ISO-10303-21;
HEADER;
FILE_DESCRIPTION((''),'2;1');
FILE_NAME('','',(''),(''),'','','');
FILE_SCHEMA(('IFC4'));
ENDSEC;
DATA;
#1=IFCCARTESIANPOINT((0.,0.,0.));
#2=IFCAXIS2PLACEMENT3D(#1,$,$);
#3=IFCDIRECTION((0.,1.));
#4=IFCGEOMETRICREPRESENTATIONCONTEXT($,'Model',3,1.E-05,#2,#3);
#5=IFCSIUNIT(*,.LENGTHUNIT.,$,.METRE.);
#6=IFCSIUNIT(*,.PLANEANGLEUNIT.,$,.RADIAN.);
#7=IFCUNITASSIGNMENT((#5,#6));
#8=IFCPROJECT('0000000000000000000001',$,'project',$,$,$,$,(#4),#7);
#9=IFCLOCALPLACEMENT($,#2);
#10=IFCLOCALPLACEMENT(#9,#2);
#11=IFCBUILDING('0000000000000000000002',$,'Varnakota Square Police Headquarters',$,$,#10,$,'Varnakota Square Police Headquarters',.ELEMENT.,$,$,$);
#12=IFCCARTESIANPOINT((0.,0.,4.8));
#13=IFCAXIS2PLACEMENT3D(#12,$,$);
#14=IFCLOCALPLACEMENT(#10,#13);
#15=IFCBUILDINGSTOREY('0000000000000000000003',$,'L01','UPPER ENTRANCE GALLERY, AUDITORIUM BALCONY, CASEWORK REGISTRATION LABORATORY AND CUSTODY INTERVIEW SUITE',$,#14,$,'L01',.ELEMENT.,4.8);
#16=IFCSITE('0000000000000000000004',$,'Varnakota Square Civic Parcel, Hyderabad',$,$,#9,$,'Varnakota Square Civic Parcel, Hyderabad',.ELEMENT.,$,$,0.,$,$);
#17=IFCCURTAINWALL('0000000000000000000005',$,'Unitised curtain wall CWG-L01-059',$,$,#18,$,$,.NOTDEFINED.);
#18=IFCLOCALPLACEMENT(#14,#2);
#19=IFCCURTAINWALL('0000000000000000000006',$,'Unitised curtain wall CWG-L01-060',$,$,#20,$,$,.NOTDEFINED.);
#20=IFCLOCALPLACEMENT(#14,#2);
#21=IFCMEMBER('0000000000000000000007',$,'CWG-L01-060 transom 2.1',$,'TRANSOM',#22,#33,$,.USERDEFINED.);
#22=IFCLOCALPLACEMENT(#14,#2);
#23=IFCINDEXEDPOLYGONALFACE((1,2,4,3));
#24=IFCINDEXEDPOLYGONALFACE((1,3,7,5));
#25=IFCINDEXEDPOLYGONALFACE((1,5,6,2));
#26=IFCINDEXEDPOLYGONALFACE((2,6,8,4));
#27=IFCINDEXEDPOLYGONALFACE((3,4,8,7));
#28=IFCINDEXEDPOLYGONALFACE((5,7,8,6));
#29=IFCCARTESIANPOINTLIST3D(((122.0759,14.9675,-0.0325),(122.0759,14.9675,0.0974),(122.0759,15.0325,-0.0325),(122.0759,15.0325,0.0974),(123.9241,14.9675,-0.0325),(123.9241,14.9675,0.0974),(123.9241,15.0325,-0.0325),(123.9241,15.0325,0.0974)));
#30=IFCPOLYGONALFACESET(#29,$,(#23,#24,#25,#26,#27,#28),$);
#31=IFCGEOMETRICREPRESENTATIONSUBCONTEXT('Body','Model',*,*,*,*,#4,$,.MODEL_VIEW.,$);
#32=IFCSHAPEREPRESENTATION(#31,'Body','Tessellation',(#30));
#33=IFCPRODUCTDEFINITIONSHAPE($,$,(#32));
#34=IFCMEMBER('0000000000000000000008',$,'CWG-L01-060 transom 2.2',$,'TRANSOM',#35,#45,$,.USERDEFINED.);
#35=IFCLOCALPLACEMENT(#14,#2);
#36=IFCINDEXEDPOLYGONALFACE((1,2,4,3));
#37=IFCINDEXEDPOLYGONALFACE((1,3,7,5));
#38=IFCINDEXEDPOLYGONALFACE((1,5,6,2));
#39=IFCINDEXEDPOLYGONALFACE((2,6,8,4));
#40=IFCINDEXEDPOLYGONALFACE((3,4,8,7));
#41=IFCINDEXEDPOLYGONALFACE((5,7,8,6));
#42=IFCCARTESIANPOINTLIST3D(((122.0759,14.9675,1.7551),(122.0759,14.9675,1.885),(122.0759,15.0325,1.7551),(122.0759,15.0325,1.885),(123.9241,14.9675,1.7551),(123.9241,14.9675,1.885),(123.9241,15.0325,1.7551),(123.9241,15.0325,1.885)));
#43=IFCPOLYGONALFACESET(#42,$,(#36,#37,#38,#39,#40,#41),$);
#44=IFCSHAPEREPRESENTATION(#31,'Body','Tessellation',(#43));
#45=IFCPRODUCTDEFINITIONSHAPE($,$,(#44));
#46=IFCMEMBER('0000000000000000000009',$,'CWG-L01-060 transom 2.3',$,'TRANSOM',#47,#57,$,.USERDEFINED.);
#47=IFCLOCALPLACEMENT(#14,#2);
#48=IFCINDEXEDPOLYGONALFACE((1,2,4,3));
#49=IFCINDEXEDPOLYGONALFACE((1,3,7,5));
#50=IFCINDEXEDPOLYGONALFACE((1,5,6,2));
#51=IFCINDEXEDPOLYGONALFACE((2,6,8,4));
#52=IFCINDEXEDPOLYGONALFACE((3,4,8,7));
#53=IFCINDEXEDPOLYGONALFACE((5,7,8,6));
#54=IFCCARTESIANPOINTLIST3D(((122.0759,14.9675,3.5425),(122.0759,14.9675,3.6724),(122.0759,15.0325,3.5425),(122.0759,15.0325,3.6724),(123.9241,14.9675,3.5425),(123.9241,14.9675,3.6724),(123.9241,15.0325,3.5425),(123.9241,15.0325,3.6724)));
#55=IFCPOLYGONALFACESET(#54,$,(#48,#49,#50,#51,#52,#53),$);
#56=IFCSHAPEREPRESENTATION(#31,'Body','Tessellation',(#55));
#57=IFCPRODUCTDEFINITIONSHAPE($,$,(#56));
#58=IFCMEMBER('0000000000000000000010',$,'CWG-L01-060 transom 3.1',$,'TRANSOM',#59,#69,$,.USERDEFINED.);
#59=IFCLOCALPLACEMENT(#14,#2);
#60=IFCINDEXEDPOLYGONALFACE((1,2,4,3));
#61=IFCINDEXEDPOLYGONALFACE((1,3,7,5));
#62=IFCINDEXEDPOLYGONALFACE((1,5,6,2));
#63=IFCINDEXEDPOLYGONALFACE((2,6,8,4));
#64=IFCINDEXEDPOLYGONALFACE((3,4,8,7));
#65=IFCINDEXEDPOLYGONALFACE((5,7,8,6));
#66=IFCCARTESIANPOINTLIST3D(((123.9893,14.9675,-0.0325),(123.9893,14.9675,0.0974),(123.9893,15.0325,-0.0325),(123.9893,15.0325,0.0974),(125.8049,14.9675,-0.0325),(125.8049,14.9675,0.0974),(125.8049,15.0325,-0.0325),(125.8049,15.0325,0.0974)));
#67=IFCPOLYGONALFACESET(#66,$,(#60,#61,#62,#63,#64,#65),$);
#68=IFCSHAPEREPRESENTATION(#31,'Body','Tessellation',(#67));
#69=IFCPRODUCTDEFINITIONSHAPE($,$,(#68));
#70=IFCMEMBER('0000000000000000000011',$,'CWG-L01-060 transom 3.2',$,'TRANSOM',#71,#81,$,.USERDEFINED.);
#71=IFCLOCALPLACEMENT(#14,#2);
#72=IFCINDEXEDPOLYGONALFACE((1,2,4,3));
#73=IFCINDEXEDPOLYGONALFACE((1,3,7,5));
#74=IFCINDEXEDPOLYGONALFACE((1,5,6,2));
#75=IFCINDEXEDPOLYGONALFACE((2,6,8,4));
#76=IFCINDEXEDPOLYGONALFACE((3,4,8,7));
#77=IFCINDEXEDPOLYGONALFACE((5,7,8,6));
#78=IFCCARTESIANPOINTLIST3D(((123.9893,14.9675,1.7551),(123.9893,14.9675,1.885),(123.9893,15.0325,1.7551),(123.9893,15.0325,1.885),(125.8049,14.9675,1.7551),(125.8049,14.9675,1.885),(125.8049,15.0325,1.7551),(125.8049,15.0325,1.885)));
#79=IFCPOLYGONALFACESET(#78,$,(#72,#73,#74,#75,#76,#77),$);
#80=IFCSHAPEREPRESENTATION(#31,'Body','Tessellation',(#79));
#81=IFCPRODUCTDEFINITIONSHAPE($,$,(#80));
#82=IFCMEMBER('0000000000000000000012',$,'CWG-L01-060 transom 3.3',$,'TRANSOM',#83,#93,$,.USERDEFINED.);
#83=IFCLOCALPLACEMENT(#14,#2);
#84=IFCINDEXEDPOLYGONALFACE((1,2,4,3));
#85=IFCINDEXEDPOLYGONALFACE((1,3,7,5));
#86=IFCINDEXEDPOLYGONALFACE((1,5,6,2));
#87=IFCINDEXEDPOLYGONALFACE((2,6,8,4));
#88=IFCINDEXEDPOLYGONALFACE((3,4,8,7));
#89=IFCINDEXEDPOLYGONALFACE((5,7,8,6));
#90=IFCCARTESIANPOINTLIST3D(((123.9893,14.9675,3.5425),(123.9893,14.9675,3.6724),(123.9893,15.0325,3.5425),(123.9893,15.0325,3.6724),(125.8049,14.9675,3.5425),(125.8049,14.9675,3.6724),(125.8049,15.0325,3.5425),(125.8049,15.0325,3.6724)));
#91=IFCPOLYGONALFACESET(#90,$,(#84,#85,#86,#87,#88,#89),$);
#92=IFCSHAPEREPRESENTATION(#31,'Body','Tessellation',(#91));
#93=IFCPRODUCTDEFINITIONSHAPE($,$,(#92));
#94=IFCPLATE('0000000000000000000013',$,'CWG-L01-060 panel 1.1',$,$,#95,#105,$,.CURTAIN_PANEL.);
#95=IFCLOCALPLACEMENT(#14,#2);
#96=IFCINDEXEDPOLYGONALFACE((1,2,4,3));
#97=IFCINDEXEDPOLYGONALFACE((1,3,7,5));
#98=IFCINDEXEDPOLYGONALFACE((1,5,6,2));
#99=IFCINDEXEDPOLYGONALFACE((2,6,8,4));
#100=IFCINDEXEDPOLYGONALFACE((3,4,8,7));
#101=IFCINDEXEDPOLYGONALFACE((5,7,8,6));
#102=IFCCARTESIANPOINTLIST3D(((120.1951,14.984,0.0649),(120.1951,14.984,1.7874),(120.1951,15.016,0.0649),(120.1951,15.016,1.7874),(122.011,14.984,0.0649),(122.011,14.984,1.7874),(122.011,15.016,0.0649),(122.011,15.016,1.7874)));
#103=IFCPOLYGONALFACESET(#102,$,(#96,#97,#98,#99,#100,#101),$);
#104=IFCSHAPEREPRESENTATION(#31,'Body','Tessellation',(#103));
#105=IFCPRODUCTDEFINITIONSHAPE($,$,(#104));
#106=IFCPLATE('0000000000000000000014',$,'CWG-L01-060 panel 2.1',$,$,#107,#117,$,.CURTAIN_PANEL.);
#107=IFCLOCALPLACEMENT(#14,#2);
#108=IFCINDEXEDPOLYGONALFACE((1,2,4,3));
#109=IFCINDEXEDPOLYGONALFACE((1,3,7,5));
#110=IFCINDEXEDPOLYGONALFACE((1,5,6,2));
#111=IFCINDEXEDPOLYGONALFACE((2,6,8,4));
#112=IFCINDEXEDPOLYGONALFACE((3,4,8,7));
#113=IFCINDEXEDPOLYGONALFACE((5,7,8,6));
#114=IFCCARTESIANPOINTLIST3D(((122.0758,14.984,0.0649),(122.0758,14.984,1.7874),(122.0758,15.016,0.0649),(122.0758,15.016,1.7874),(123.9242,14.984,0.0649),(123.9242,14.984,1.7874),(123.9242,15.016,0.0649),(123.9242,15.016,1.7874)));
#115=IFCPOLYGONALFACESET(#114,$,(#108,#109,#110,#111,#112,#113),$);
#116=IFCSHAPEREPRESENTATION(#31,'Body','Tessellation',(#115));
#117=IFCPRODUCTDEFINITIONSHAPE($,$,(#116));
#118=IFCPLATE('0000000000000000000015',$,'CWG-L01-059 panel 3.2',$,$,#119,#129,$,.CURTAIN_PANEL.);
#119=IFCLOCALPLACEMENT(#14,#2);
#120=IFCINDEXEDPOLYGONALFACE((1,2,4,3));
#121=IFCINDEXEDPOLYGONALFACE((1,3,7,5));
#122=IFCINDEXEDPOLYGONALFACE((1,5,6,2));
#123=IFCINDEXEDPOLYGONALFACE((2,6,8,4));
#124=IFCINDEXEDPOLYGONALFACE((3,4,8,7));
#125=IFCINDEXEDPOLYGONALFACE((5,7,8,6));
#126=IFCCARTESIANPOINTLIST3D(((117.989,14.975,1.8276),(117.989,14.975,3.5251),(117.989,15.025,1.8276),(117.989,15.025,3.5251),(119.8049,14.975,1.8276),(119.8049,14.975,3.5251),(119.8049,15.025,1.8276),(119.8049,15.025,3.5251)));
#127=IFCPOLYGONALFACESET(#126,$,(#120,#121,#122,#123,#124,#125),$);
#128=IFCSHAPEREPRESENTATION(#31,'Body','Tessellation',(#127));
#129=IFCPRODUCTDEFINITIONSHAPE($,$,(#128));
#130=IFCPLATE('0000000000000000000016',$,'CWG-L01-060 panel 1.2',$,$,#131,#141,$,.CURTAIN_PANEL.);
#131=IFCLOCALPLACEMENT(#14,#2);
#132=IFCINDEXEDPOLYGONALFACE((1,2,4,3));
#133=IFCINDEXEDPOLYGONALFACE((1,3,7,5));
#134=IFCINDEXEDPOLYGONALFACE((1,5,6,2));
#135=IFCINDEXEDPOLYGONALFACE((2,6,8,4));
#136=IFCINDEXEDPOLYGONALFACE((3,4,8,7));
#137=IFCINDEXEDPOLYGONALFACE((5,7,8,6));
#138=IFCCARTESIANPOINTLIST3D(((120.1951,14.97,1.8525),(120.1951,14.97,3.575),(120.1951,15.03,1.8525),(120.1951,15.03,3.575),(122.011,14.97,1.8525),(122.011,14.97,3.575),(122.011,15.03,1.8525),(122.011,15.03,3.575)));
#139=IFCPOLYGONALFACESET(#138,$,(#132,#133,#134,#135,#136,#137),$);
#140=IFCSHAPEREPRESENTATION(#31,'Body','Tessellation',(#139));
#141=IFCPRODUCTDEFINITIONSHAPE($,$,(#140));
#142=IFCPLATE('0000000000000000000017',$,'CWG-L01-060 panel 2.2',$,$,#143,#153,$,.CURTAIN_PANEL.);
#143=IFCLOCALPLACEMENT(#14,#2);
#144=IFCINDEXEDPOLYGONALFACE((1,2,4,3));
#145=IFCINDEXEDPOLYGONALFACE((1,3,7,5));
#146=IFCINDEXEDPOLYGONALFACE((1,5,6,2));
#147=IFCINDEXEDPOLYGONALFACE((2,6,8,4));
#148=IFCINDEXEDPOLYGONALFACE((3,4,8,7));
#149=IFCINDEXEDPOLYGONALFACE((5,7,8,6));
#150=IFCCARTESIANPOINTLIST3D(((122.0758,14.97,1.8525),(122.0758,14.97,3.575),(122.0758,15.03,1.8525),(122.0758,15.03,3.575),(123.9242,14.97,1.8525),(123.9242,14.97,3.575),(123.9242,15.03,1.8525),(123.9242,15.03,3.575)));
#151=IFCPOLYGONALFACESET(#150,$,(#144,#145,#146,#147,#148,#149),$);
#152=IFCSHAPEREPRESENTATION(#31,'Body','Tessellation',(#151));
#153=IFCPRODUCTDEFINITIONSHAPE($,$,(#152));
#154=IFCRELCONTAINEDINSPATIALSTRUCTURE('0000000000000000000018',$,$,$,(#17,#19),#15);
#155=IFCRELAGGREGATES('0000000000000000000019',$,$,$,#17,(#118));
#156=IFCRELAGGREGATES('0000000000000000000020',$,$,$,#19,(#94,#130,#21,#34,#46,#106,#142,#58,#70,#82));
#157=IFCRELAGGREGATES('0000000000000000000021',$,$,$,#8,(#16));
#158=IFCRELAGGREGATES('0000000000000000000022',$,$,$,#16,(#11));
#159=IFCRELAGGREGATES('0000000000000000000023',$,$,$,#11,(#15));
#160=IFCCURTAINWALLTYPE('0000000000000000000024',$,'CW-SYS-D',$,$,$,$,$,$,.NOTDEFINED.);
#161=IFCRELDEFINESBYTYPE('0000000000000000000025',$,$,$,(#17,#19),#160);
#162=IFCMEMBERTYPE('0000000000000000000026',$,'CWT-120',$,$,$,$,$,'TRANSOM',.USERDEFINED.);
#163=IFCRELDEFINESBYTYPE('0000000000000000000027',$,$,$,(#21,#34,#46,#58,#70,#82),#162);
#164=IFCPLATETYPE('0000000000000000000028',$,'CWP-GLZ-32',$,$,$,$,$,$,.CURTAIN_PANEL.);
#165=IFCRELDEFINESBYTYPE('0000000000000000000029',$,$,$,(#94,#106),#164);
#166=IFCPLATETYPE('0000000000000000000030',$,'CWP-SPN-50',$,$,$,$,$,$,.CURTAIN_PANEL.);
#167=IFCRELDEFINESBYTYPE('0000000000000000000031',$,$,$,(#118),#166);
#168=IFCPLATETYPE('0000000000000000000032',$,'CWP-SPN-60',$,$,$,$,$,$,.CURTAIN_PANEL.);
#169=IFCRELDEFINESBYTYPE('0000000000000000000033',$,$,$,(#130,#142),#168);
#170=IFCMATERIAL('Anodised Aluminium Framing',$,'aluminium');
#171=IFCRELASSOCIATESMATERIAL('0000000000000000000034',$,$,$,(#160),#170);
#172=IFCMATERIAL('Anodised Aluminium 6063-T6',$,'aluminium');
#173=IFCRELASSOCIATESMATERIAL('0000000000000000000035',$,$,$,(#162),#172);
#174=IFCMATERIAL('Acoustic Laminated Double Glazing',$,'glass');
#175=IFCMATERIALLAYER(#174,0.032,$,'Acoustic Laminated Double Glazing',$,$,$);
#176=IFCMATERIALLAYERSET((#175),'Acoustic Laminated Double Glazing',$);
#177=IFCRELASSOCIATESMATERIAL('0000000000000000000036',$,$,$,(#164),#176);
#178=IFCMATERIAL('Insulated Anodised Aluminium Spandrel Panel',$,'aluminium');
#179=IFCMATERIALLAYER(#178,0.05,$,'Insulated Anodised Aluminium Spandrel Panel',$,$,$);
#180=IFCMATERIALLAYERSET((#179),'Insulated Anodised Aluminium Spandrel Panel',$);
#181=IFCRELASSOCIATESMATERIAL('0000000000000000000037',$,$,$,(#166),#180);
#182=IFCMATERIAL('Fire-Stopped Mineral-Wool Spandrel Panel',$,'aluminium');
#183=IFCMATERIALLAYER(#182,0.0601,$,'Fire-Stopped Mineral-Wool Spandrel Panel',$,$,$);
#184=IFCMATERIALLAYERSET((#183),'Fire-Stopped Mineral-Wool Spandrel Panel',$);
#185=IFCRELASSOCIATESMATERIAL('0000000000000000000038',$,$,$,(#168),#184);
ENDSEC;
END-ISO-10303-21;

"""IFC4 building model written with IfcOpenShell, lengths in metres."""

from ifc_helpers import new_model, si_unit, direction, frame, origin, origin_2d, place, context, subcontext, project, spatial, rectangle, extrude, material, layer, layer_set, material_profile, profile_set, type_object, element, aggregate, save


model = new_model("IFC4")

# Units and contexts
model_context = context("Model", 3, precision=1e-05, world=origin(), true_north=direction((0.0, 1.0)))
body_context = subcontext(model_context, "Body", "Model", "MODEL_VIEW")
ifc_project = project(units=[si_unit("LENGTHUNIT", "METRE"), si_unit("PLANEANGLEUNIT", "RADIAN")], contexts=[model_context])

# Site, building, storey
site_placement = place(None, origin())
site = spatial("IfcSite", under=ifc_project, at=site_placement, Name="Varnakota Square Civic Parcel, Hyderabad", LongName="Varnakota Square Civic Parcel, Hyderabad", CompositionType="ELEMENT", RefElevation=0.0)
building_placement = place(site_placement, origin())
building = spatial("IfcBuilding", under=site, at=building_placement, Name="Varnakota Square Police Headquarters", LongName="Varnakota Square Police Headquarters", CompositionType="ELEMENT")
storey_placement = place(building_placement, frame((0.0, 0.0, 4.8)))
storey = spatial("IfcBuildingStorey", under=building, at=storey_placement, Name="L01", Description="UPPER ENTRANCE GALLERY, AUDITORIUM BALCONY, CASEWORK REGISTRATION LABORATORY AND CUSTODY INTERVIEW SUITE", LongName="L01", CompositionType="ELEMENT", Elevation=4.8)

# Curtain wall
ifc_material_1 = material(Name="Anodised Aluminium Framing", Category="aluminium")
curtain_wall_type = type_object("IfcCurtainWallType", Name="CW-SYS-D", PredefinedType="NOTDEFINED", material=ifc_material_1)
curtain_wall_1_placement = place(storey_placement, origin())
curtain_wall_1 = element("IfcCurtainWall", 1, at=curtain_wall_1_placement, inside=storey, type_object=curtain_wall_type, Name="Unitised curtain wall CWG-L01-059", PredefinedType="NOTDEFINED")
ifc_material_2 = material(Name="Anodised Aluminium 6063-T6", Category="aluminium")

# Curtain wall, members, plates
curtain_wall_2_placement = place(storey_placement, origin())
curtain_wall_2 = element("IfcCurtainWall", 2, at=curtain_wall_2_placement, inside=storey, type_object=curtain_wall_type, Name="Unitised curtain wall CWG-L01-060", PredefinedType="NOTDEFINED")
ifc_material_profile_1 = material_profile(ifc_material_2, rectangle(XDim=0.0649, YDim=0.1299, at=origin_2d()), Name="ALU TRANSOM 65x130")
ifc_profile_set_1 = profile_set([ifc_material_profile_1], Name="Anodised Aluminium 6063-T6")
member_type_1 = type_object("IfcMemberType", Name="CWT-120", ElementType="TRANSOM", PredefinedType="USERDEFINED", material=ifc_profile_set_1)
member_1_placement = place(storey_placement, frame((122.0759, 15.0, 0.0325), z_axis=(1.0, 0.0, 0.0), x_axis=(0.0, 1.0, 0.0)))
member_1 = element("IfcMember", 3, at=member_1_placement, type_object=member_type_1, Name="CWG-L01-060 transom 2.1", ObjectType="TRANSOM", PredefinedType="USERDEFINED", context=body_context, shape_type="SweptSolid", body=[
    extrude(rectangle(XDim=0.0649, YDim=0.1299, at=origin_2d()), origin(), (0.0, 0.0, 1.0), 1.8481),
])
member_2_placement = place(storey_placement, frame((122.0759, 15.0, 1.8201), z_axis=(1.0, 0.0, 0.0), x_axis=(0.0, 1.0, 0.0)))
member_2 = element("IfcMember", 4, at=member_2_placement, type_object=member_type_1, Name="CWG-L01-060 transom 2.2", ObjectType="TRANSOM", PredefinedType="USERDEFINED", context=body_context, shape_type="SweptSolid", body=[
    extrude(rectangle(XDim=0.0649, YDim=0.1299, at=origin_2d()), origin(), (0.0, 0.0, 1.0), 1.8481),
])
member_3_placement = place(storey_placement, frame((122.0759, 15.0, 3.6074), z_axis=(1.0, 0.0, 0.0), x_axis=(0.0, 1.0, 0.0)))
member_3 = element("IfcMember", 5, at=member_3_placement, type_object=member_type_1, Name="CWG-L01-060 transom 2.3", ObjectType="TRANSOM", PredefinedType="USERDEFINED", context=body_context, shape_type="SweptSolid", body=[
    extrude(rectangle(XDim=0.0649, YDim=0.1299, at=origin_2d()), origin(), (0.0, 0.0, 1.0), 1.8481),
])
member_4_placement = place(storey_placement, frame((123.9893, 15.0, 0.0325), z_axis=(1.0, 0.0, 0.0), x_axis=(0.0, 1.0, 0.0)))
member_4 = element("IfcMember", 6, at=member_4_placement, type_object=member_type_1, Name="CWG-L01-060 transom 3.1", ObjectType="TRANSOM", PredefinedType="USERDEFINED", context=body_context, shape_type="SweptSolid", body=[
    extrude(rectangle(XDim=0.0649, YDim=0.1299, at=origin_2d()), origin(), (0.0, 0.0, 1.0), 1.8157),
])
member_5_placement = place(storey_placement, frame((123.9893, 15.0, 1.8201), z_axis=(1.0, 0.0, 0.0), x_axis=(0.0, 1.0, 0.0)))
member_5 = element("IfcMember", 7, at=member_5_placement, type_object=member_type_1, Name="CWG-L01-060 transom 3.2", ObjectType="TRANSOM", PredefinedType="USERDEFINED", context=body_context, shape_type="SweptSolid", body=[
    extrude(rectangle(XDim=0.0649, YDim=0.1299, at=origin_2d()), origin(), (0.0, 0.0, 1.0), 1.8157),
])
member_6_placement = place(storey_placement, frame((123.9893, 15.0, 3.6074), z_axis=(1.0, 0.0, 0.0), x_axis=(0.0, 1.0, 0.0)))
member_6 = element("IfcMember", 8, at=member_6_placement, type_object=member_type_1, Name="CWG-L01-060 transom 3.3", ObjectType="TRANSOM", PredefinedType="USERDEFINED", context=body_context, shape_type="SweptSolid", body=[
    extrude(rectangle(XDim=0.0649, YDim=0.1299, at=origin_2d()), origin(), (0.0, 0.0, 1.0), 1.8157),
])
ifc_material_3 = material(Name="Acoustic Laminated Double Glazing", Category="glass")
ifc_layer_1 = layer(ifc_material_3, 0.032, Name="Acoustic Laminated Double Glazing")
ifc_layer_set_1 = layer_set([ifc_layer_1], Name="Acoustic Laminated Double Glazing")
plate_type_1 = type_object("IfcPlateType", Name="CWP-GLZ-32", PredefinedType="CURTAIN_PANEL", material=ifc_layer_set_1)
plate_1_placement = place(storey_placement, frame((121.103, 15.0, 0.0649), z_axis=(0.0, 0.0, 1.0), x_axis=(1.0, 0.0, 0.0)))
plate_1 = element("IfcPlate", 9, at=plate_1_placement, type_object=plate_type_1, Name="CWG-L01-060 panel 1.1", PredefinedType="CURTAIN_PANEL", context=body_context, shape_type="SweptSolid", body=[
    extrude(rectangle(XDim=1.8159, YDim=0.032, at=origin_2d()), origin(), (0.0, 0.0, 1.0), 1.7224),
])
plate_2_placement = place(storey_placement, frame((123.0, 15.0, 0.0649), z_axis=(0.0, 0.0, 1.0), x_axis=(1.0, 0.0, 0.0)))
plate_2 = element("IfcPlate", 10, at=plate_2_placement, type_object=plate_type_1, Name="CWG-L01-060 panel 2.1", PredefinedType="CURTAIN_PANEL", context=body_context, shape_type="SweptSolid", body=[
    extrude(rectangle(XDim=1.8484, YDim=0.032, at=origin_2d()), origin(), (0.0, 0.0, 1.0), 1.7224),
])

# Plates
ifc_material_4 = material(Name="Insulated Anodised Aluminium Spandrel Panel", Category="aluminium")
ifc_layer_2 = layer(ifc_material_4, 0.05, Name="Insulated Anodised Aluminium Spandrel Panel")
ifc_layer_set_2 = layer_set([ifc_layer_2], Name="Insulated Anodised Aluminium Spandrel Panel")
plate_type_2 = type_object("IfcPlateType", Name="CWP-SPN-50", PredefinedType="CURTAIN_PANEL", material=ifc_layer_set_2)
plate_3_placement = place(storey_placement, frame((118.897, 15.0, 1.8276), z_axis=(0.0, 0.0, 1.0), x_axis=(1.0, 0.0, 0.0)))
plate_3 = element("IfcPlate", 11, at=plate_3_placement, type_object=plate_type_2, Name="CWG-L01-059 panel 3.2", PredefinedType="CURTAIN_PANEL", context=body_context, shape_type="SweptSolid", body=[
    extrude(rectangle(XDim=1.8159, YDim=0.05, at=origin_2d()), origin(), (0.0, 0.0, 1.0), 1.6975),
])
aggregate(curtain_wall_1, [plate_3])
ifc_material_5 = material(Name="Fire-Stopped Mineral-Wool Spandrel Panel", Category="aluminium")
ifc_layer_3 = layer(ifc_material_5, 0.0601, Name="Fire-Stopped Mineral-Wool Spandrel Panel")
ifc_layer_set_3 = layer_set([ifc_layer_3], Name="Fire-Stopped Mineral-Wool Spandrel Panel")
plate_type_3 = type_object("IfcPlateType", Name="CWP-SPN-60", PredefinedType="CURTAIN_PANEL", material=ifc_layer_set_3)
plate_4_placement = place(storey_placement, frame((121.103, 15.0, 1.8525), z_axis=(0.0, 0.0, 1.0), x_axis=(1.0, 0.0, 0.0)))
plate_4 = element("IfcPlate", 12, at=plate_4_placement, type_object=plate_type_3, Name="CWG-L01-060 panel 1.2", PredefinedType="CURTAIN_PANEL", context=body_context, shape_type="SweptSolid", body=[
    extrude(rectangle(XDim=1.8159, YDim=0.0601, at=origin_2d()), origin(), (0.0, 0.0, 1.0), 1.7224),
])
plate_5_placement = place(storey_placement, frame((123.0, 15.0, 1.8525), z_axis=(0.0, 0.0, 1.0), x_axis=(1.0, 0.0, 0.0)))
plate_5 = element("IfcPlate", 13, at=plate_5_placement, type_object=plate_type_3, Name="CWG-L01-060 panel 2.2", PredefinedType="CURTAIN_PANEL", context=body_context, shape_type="SweptSolid", body=[
    extrude(rectangle(XDim=1.8484, YDim=0.0601, at=origin_2d()), origin(), (0.0, 0.0, 1.0), 1.7224),
])
aggregate(curtain_wall_2, [plate_1, plate_4, member_1, member_2, member_3, plate_2, plate_5, member_4, member_5, member_6])

save(model, "model.ifc")
